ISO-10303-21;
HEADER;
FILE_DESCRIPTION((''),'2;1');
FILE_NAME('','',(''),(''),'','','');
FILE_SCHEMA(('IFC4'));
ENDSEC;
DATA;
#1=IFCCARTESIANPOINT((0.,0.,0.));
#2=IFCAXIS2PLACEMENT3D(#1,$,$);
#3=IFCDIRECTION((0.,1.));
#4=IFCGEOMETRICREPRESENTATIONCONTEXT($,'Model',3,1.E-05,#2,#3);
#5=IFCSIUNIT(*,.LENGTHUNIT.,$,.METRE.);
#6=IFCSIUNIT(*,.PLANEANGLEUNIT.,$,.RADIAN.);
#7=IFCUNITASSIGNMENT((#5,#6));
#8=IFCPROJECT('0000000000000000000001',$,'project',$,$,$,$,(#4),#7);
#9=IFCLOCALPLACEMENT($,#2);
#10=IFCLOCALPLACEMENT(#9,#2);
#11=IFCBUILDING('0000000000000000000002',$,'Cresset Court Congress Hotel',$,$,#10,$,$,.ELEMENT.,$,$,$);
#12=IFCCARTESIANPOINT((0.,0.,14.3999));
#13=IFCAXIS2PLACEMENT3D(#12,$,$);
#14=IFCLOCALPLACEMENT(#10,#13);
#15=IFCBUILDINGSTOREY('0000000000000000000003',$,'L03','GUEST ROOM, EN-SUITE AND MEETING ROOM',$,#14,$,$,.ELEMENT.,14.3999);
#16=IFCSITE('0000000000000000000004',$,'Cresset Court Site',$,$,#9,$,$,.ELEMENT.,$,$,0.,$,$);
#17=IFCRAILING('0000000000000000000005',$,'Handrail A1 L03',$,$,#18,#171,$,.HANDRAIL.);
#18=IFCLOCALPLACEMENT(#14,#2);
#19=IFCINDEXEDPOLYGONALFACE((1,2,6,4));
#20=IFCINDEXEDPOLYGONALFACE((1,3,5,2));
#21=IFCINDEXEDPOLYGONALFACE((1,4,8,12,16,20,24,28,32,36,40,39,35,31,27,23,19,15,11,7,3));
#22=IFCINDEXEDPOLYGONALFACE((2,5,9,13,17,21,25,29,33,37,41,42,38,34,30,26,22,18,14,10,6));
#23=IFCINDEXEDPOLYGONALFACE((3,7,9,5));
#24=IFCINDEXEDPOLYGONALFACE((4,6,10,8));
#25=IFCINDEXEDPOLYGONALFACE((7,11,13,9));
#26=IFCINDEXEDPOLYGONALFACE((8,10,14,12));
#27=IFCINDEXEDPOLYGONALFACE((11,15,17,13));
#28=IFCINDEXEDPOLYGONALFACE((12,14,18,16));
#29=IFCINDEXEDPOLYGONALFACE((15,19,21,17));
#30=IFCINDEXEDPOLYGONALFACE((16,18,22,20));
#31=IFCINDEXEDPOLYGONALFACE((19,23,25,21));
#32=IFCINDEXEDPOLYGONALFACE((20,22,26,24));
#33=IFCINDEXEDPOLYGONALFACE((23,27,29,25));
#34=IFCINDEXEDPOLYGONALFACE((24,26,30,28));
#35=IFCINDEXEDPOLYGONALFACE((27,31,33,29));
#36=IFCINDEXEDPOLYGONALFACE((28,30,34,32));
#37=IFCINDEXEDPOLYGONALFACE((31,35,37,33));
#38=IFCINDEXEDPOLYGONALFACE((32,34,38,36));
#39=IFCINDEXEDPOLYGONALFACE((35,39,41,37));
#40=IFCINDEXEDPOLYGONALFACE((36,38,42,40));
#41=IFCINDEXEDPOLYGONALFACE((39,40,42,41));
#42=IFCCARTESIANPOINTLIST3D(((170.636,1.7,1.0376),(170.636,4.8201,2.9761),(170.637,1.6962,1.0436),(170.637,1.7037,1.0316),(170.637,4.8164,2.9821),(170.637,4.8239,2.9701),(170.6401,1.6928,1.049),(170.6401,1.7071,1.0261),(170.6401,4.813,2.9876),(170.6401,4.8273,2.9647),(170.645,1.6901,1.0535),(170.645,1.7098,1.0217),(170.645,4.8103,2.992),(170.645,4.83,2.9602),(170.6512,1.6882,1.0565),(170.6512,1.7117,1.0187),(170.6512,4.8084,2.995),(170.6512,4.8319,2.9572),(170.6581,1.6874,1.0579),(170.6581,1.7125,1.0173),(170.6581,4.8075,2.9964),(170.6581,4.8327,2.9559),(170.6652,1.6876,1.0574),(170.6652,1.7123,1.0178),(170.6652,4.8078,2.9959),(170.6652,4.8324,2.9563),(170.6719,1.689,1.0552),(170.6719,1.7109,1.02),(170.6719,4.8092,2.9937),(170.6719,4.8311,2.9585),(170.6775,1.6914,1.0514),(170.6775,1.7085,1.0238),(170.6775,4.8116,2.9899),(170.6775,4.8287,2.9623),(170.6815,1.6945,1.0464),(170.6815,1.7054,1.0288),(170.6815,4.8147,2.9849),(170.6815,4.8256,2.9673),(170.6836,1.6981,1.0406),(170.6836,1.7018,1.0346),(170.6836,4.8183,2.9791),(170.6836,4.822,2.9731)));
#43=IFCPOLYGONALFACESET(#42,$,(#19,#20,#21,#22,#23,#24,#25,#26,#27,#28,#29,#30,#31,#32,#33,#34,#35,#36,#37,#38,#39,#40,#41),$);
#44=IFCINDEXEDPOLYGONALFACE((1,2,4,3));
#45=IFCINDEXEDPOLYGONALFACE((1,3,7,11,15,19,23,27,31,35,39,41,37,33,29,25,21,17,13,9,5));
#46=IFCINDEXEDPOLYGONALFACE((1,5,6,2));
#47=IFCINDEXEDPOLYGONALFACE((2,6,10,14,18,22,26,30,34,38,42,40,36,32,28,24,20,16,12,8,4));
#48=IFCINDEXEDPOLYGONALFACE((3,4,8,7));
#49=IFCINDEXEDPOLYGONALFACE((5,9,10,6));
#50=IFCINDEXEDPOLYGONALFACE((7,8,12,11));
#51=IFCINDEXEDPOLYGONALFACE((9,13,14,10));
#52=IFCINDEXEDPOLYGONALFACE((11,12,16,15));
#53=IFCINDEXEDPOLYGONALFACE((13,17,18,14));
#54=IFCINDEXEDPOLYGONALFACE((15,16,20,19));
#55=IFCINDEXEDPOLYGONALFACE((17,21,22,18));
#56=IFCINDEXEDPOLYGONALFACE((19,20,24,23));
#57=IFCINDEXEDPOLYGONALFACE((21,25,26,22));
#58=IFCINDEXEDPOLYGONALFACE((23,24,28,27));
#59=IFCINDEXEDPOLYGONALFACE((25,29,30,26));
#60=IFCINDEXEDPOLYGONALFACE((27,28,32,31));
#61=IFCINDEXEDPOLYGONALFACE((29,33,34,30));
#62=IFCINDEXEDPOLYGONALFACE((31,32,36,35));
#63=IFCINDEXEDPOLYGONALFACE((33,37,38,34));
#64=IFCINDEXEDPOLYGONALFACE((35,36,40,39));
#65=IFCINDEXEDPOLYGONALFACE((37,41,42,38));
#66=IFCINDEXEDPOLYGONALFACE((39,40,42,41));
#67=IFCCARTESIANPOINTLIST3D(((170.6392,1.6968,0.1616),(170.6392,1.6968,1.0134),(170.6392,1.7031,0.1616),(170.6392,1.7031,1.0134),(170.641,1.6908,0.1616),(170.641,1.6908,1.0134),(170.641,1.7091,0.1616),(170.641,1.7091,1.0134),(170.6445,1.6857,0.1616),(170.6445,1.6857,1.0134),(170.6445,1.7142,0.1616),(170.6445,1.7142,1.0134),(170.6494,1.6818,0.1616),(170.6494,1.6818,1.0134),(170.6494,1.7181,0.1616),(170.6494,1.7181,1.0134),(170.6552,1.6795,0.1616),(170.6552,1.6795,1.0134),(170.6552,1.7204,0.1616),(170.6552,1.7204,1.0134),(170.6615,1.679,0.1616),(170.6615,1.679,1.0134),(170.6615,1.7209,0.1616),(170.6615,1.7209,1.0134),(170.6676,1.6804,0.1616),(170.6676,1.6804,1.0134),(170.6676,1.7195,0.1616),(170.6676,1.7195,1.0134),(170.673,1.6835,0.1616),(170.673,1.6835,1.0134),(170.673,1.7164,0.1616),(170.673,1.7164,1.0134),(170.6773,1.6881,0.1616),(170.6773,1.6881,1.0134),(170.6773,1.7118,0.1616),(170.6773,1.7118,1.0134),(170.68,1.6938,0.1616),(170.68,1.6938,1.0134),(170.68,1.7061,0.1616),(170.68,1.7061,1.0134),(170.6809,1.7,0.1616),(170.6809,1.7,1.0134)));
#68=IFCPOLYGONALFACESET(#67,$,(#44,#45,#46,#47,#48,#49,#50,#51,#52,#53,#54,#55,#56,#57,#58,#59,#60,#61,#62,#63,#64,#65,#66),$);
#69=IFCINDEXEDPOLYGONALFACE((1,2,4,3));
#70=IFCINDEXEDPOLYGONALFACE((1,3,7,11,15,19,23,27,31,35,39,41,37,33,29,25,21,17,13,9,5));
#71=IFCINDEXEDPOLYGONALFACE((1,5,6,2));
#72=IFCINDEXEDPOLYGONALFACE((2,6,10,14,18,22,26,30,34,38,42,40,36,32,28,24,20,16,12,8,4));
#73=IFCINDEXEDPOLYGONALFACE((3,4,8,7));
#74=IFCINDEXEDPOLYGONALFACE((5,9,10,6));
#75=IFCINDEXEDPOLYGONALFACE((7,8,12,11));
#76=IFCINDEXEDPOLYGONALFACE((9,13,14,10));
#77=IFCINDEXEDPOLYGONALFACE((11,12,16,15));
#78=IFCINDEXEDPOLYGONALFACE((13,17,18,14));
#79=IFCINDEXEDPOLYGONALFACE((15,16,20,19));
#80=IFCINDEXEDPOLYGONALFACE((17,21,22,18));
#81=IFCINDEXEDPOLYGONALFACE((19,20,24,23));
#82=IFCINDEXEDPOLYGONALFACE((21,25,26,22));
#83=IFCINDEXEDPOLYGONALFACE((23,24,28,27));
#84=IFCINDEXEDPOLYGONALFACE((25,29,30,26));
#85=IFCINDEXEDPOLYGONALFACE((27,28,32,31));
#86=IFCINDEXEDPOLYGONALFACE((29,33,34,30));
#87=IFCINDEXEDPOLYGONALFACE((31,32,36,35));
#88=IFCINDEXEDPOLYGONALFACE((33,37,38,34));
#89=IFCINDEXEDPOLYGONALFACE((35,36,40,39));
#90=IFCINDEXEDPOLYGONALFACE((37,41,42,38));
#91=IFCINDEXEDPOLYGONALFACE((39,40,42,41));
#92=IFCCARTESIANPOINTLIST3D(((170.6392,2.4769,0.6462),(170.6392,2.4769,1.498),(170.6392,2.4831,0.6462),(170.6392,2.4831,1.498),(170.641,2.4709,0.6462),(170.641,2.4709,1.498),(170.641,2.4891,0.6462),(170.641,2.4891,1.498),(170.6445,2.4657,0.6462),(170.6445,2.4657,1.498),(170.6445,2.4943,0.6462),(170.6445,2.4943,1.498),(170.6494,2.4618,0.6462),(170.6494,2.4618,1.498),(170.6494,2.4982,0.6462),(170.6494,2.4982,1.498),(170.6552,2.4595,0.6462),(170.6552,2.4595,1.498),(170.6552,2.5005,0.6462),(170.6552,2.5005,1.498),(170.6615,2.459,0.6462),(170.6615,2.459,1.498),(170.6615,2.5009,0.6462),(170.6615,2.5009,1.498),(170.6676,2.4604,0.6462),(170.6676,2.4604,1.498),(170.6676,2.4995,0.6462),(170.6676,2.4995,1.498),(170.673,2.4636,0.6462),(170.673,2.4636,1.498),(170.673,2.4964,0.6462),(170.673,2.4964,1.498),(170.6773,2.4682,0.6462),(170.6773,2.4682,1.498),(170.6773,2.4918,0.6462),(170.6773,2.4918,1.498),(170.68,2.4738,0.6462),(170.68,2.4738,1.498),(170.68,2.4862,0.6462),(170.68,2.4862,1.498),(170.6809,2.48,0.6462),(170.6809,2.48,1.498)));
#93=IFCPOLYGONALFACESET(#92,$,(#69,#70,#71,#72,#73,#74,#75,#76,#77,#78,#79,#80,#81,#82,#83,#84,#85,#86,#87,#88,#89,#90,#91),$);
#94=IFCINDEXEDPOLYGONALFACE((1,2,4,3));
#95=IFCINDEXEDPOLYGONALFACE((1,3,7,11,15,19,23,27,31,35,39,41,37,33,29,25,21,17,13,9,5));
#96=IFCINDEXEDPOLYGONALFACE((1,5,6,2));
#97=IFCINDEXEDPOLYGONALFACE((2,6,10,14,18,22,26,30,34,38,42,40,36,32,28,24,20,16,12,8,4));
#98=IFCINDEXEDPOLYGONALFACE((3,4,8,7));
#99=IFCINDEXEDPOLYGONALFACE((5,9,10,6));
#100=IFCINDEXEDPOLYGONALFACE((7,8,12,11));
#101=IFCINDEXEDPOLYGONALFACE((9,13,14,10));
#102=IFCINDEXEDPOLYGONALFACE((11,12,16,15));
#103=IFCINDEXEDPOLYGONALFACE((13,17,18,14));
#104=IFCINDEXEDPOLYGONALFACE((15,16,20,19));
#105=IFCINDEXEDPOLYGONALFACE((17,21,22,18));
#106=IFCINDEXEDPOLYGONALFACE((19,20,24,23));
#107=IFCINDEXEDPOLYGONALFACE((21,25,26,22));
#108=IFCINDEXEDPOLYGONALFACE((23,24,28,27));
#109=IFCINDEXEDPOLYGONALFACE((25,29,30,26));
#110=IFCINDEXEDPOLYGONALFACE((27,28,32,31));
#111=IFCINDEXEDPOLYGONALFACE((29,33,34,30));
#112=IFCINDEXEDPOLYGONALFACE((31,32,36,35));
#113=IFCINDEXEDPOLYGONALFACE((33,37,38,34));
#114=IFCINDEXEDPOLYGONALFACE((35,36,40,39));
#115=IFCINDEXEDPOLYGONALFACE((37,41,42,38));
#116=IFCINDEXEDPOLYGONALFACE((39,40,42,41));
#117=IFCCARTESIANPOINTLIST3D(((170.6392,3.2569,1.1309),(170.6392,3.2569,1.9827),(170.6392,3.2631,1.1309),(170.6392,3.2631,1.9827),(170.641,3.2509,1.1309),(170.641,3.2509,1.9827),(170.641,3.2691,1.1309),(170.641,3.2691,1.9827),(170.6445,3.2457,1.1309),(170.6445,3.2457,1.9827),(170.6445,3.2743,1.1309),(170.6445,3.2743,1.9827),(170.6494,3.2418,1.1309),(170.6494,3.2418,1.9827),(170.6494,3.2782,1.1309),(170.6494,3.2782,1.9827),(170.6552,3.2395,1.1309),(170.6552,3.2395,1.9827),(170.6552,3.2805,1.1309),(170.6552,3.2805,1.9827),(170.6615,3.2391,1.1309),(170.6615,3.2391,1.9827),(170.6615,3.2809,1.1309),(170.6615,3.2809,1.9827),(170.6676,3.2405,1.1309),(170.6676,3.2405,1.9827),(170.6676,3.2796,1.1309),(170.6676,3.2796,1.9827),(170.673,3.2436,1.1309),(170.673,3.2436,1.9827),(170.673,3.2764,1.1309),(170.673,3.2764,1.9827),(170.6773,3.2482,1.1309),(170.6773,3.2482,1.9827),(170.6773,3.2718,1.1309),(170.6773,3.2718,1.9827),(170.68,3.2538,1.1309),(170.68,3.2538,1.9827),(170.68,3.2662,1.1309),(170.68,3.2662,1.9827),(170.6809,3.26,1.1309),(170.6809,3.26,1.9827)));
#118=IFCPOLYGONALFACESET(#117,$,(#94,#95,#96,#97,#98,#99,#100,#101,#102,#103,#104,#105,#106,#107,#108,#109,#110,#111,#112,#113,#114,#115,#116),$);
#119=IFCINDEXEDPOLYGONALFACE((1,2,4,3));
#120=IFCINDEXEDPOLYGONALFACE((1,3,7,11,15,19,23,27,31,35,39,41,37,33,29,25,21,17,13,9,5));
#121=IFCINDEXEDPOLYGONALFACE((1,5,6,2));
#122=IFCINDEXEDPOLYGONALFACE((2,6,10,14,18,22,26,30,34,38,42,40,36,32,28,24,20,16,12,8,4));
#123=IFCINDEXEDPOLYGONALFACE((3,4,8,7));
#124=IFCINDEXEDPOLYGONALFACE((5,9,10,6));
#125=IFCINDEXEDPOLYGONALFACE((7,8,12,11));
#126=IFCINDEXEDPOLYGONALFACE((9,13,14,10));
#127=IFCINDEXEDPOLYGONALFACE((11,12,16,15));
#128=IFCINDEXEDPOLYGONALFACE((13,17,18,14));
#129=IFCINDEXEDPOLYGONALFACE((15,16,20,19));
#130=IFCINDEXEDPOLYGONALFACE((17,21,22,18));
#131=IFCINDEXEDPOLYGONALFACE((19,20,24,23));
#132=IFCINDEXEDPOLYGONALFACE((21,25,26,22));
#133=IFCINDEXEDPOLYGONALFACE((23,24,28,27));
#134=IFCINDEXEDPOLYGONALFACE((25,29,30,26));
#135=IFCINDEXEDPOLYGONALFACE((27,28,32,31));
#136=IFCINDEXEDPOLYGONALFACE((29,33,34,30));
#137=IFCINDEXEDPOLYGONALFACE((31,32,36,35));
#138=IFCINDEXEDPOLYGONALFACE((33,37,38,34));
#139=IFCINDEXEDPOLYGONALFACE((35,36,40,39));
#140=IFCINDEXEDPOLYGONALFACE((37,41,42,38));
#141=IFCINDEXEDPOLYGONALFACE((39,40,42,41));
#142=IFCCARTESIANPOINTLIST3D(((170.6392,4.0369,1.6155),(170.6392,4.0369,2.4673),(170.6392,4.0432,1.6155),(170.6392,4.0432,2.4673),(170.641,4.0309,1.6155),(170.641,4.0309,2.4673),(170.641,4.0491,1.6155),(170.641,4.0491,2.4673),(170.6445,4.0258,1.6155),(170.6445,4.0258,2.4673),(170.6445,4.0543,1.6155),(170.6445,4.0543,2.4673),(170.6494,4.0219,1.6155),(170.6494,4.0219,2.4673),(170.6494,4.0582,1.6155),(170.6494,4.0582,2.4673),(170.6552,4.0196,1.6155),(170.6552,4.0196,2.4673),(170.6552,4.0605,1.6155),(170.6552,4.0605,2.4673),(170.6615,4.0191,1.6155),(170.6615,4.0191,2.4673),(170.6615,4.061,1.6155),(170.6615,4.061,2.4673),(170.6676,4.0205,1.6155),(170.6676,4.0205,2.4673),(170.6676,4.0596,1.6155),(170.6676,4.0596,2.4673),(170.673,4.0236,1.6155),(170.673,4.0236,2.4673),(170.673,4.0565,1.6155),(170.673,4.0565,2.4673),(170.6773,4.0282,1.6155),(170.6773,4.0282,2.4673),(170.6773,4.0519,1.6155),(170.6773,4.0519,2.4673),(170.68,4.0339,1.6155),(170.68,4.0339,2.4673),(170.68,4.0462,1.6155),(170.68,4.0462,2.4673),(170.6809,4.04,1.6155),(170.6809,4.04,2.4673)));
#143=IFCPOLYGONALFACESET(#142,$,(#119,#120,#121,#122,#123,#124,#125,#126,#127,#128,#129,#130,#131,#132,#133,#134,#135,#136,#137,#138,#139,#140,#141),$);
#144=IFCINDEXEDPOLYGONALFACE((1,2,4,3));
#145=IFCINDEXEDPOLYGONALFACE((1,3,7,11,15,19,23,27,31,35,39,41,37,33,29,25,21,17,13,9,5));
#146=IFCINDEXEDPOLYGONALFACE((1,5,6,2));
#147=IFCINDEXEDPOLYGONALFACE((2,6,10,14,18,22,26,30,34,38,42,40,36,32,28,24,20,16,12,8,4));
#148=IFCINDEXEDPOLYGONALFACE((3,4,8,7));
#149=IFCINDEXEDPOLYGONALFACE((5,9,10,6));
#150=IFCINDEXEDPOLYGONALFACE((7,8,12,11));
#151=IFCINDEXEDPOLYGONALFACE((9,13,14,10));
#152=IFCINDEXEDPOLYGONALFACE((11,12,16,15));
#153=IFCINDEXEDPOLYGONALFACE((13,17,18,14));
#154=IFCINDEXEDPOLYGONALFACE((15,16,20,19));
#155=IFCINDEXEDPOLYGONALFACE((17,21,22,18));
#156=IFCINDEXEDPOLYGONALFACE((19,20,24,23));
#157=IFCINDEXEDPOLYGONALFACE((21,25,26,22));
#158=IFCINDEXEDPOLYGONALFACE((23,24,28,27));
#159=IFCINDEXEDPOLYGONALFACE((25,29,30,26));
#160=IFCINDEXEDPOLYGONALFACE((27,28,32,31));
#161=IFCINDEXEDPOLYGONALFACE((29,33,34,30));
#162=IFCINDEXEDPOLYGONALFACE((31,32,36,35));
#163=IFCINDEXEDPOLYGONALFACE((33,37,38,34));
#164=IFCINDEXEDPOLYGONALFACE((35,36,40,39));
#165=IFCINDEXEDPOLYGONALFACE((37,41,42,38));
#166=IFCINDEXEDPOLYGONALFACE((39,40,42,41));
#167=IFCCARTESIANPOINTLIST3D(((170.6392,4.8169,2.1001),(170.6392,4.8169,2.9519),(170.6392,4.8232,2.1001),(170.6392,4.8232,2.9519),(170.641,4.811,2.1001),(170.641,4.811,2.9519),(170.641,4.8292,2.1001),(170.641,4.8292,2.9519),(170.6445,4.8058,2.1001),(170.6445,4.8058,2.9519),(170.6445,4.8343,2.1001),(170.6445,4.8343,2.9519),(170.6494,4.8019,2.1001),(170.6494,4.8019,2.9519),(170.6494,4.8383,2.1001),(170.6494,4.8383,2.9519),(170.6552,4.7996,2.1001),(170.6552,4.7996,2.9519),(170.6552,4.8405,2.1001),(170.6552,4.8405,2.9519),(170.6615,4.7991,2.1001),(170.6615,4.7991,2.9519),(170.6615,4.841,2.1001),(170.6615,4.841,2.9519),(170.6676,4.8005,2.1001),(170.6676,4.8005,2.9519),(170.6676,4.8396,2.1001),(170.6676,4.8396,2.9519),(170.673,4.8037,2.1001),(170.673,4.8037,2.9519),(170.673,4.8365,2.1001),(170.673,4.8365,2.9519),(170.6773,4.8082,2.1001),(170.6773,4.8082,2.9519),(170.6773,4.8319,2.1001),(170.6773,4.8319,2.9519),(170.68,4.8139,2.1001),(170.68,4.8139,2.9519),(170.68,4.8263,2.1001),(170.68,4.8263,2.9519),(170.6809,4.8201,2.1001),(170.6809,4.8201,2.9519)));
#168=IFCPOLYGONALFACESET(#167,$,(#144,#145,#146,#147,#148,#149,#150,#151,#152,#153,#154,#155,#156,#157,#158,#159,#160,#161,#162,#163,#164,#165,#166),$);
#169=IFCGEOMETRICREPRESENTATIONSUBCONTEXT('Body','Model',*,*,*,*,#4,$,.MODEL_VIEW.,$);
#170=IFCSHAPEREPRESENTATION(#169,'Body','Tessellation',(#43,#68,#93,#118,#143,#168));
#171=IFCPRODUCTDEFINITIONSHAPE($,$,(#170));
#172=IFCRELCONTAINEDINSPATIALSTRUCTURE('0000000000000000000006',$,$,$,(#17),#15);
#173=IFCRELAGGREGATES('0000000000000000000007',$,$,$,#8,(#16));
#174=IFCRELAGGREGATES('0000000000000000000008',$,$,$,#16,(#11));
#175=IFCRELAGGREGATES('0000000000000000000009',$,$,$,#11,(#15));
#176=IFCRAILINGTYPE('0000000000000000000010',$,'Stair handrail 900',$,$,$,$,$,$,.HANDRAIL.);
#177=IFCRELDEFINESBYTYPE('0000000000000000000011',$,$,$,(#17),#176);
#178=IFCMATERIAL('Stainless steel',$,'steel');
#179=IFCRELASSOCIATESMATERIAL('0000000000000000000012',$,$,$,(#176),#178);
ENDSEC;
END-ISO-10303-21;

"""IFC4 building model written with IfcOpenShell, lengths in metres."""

from ifc_helpers import new_model, si_unit, direction, frame, origin, origin_2d, place, context, subcontext, project, spatial, circle, extrude, material, type_object, element, save


model = new_model("IFC4")

# Units and contexts
model_context = context("Model", 3, precision=1e-05, world=origin(), true_north=direction((0.0, 1.0)))
body_context = subcontext(model_context, "Body", "Model", "MODEL_VIEW")
ifc_project = project(units=[si_unit("LENGTHUNIT", "METRE"), si_unit("PLANEANGLEUNIT", "RADIAN")], contexts=[model_context])

# Site, building, storey
site_placement = place(None, origin())
site = spatial("IfcSite", under=ifc_project, at=site_placement, Name="Cresset Court Site", CompositionType="ELEMENT", RefElevation=0.0)
building_placement = place(site_placement, origin())
building = spatial("IfcBuilding", under=site, at=building_placement, Name="Cresset Court Congress Hotel", CompositionType="ELEMENT")
storey_placement = place(building_placement, frame((0.0, 0.0, 14.3999)))
storey = spatial("IfcBuildingStorey", under=building, at=storey_placement, Name="L03", Description="GUEST ROOM, EN-SUITE AND MEETING ROOM", CompositionType="ELEMENT", Elevation=14.3999)

# Railing
ifc_material_1 = material(Name="Stainless steel", Category="steel")
railing_type_1 = type_object("IfcRailingType", Name="Stair handrail 900", PredefinedType="HANDRAIL", material=ifc_material_1)
for number, where, name in (
    (1, (170.6599, 1.7, 0.1616), "Handrail A1 L03"),
):
    element("IfcRailing", number, at=place(storey_placement, frame(where)), inside=storey, type_object=railing_type_1, Name=name, PredefinedType="HANDRAIL", context=body_context, shape_type="SweptSolid", body=[
        extrude(circle(Radius=0.0239, at=origin_2d()), frame((0.0, 0.0, 0.876), z_axis=(0.0, 0.849414, 0.527727), x_axis=(-1.0, 0.0, 0.0)), (0.0, 0.0, 1.0), 3.6733),
        extrude(circle(Radius=0.021, at=origin_2d()), origin(), (0.0, 0.0, 1.0), 0.8518),
        extrude(circle(Radius=0.021, at=origin_2d()), frame((0.0, 0.78, 0.4846)), (0.0, 0.0, 1.0), 0.8518),
        extrude(circle(Radius=0.021, at=origin_2d()), frame((0.0, 1.5601, 0.9692)), (0.0, 0.0, 1.0), 0.8518),
        extrude(circle(Radius=0.021, at=origin_2d()), frame((0.0, 2.3401, 1.4539)), (0.0, 0.0, 1.0), 0.8518),
        extrude(circle(Radius=0.021, at=origin_2d()), frame((0.0, 3.1201, 1.9385)), (0.0, 0.0, 1.0), 0.8518),
    ])

save(model, "model.ifc")
